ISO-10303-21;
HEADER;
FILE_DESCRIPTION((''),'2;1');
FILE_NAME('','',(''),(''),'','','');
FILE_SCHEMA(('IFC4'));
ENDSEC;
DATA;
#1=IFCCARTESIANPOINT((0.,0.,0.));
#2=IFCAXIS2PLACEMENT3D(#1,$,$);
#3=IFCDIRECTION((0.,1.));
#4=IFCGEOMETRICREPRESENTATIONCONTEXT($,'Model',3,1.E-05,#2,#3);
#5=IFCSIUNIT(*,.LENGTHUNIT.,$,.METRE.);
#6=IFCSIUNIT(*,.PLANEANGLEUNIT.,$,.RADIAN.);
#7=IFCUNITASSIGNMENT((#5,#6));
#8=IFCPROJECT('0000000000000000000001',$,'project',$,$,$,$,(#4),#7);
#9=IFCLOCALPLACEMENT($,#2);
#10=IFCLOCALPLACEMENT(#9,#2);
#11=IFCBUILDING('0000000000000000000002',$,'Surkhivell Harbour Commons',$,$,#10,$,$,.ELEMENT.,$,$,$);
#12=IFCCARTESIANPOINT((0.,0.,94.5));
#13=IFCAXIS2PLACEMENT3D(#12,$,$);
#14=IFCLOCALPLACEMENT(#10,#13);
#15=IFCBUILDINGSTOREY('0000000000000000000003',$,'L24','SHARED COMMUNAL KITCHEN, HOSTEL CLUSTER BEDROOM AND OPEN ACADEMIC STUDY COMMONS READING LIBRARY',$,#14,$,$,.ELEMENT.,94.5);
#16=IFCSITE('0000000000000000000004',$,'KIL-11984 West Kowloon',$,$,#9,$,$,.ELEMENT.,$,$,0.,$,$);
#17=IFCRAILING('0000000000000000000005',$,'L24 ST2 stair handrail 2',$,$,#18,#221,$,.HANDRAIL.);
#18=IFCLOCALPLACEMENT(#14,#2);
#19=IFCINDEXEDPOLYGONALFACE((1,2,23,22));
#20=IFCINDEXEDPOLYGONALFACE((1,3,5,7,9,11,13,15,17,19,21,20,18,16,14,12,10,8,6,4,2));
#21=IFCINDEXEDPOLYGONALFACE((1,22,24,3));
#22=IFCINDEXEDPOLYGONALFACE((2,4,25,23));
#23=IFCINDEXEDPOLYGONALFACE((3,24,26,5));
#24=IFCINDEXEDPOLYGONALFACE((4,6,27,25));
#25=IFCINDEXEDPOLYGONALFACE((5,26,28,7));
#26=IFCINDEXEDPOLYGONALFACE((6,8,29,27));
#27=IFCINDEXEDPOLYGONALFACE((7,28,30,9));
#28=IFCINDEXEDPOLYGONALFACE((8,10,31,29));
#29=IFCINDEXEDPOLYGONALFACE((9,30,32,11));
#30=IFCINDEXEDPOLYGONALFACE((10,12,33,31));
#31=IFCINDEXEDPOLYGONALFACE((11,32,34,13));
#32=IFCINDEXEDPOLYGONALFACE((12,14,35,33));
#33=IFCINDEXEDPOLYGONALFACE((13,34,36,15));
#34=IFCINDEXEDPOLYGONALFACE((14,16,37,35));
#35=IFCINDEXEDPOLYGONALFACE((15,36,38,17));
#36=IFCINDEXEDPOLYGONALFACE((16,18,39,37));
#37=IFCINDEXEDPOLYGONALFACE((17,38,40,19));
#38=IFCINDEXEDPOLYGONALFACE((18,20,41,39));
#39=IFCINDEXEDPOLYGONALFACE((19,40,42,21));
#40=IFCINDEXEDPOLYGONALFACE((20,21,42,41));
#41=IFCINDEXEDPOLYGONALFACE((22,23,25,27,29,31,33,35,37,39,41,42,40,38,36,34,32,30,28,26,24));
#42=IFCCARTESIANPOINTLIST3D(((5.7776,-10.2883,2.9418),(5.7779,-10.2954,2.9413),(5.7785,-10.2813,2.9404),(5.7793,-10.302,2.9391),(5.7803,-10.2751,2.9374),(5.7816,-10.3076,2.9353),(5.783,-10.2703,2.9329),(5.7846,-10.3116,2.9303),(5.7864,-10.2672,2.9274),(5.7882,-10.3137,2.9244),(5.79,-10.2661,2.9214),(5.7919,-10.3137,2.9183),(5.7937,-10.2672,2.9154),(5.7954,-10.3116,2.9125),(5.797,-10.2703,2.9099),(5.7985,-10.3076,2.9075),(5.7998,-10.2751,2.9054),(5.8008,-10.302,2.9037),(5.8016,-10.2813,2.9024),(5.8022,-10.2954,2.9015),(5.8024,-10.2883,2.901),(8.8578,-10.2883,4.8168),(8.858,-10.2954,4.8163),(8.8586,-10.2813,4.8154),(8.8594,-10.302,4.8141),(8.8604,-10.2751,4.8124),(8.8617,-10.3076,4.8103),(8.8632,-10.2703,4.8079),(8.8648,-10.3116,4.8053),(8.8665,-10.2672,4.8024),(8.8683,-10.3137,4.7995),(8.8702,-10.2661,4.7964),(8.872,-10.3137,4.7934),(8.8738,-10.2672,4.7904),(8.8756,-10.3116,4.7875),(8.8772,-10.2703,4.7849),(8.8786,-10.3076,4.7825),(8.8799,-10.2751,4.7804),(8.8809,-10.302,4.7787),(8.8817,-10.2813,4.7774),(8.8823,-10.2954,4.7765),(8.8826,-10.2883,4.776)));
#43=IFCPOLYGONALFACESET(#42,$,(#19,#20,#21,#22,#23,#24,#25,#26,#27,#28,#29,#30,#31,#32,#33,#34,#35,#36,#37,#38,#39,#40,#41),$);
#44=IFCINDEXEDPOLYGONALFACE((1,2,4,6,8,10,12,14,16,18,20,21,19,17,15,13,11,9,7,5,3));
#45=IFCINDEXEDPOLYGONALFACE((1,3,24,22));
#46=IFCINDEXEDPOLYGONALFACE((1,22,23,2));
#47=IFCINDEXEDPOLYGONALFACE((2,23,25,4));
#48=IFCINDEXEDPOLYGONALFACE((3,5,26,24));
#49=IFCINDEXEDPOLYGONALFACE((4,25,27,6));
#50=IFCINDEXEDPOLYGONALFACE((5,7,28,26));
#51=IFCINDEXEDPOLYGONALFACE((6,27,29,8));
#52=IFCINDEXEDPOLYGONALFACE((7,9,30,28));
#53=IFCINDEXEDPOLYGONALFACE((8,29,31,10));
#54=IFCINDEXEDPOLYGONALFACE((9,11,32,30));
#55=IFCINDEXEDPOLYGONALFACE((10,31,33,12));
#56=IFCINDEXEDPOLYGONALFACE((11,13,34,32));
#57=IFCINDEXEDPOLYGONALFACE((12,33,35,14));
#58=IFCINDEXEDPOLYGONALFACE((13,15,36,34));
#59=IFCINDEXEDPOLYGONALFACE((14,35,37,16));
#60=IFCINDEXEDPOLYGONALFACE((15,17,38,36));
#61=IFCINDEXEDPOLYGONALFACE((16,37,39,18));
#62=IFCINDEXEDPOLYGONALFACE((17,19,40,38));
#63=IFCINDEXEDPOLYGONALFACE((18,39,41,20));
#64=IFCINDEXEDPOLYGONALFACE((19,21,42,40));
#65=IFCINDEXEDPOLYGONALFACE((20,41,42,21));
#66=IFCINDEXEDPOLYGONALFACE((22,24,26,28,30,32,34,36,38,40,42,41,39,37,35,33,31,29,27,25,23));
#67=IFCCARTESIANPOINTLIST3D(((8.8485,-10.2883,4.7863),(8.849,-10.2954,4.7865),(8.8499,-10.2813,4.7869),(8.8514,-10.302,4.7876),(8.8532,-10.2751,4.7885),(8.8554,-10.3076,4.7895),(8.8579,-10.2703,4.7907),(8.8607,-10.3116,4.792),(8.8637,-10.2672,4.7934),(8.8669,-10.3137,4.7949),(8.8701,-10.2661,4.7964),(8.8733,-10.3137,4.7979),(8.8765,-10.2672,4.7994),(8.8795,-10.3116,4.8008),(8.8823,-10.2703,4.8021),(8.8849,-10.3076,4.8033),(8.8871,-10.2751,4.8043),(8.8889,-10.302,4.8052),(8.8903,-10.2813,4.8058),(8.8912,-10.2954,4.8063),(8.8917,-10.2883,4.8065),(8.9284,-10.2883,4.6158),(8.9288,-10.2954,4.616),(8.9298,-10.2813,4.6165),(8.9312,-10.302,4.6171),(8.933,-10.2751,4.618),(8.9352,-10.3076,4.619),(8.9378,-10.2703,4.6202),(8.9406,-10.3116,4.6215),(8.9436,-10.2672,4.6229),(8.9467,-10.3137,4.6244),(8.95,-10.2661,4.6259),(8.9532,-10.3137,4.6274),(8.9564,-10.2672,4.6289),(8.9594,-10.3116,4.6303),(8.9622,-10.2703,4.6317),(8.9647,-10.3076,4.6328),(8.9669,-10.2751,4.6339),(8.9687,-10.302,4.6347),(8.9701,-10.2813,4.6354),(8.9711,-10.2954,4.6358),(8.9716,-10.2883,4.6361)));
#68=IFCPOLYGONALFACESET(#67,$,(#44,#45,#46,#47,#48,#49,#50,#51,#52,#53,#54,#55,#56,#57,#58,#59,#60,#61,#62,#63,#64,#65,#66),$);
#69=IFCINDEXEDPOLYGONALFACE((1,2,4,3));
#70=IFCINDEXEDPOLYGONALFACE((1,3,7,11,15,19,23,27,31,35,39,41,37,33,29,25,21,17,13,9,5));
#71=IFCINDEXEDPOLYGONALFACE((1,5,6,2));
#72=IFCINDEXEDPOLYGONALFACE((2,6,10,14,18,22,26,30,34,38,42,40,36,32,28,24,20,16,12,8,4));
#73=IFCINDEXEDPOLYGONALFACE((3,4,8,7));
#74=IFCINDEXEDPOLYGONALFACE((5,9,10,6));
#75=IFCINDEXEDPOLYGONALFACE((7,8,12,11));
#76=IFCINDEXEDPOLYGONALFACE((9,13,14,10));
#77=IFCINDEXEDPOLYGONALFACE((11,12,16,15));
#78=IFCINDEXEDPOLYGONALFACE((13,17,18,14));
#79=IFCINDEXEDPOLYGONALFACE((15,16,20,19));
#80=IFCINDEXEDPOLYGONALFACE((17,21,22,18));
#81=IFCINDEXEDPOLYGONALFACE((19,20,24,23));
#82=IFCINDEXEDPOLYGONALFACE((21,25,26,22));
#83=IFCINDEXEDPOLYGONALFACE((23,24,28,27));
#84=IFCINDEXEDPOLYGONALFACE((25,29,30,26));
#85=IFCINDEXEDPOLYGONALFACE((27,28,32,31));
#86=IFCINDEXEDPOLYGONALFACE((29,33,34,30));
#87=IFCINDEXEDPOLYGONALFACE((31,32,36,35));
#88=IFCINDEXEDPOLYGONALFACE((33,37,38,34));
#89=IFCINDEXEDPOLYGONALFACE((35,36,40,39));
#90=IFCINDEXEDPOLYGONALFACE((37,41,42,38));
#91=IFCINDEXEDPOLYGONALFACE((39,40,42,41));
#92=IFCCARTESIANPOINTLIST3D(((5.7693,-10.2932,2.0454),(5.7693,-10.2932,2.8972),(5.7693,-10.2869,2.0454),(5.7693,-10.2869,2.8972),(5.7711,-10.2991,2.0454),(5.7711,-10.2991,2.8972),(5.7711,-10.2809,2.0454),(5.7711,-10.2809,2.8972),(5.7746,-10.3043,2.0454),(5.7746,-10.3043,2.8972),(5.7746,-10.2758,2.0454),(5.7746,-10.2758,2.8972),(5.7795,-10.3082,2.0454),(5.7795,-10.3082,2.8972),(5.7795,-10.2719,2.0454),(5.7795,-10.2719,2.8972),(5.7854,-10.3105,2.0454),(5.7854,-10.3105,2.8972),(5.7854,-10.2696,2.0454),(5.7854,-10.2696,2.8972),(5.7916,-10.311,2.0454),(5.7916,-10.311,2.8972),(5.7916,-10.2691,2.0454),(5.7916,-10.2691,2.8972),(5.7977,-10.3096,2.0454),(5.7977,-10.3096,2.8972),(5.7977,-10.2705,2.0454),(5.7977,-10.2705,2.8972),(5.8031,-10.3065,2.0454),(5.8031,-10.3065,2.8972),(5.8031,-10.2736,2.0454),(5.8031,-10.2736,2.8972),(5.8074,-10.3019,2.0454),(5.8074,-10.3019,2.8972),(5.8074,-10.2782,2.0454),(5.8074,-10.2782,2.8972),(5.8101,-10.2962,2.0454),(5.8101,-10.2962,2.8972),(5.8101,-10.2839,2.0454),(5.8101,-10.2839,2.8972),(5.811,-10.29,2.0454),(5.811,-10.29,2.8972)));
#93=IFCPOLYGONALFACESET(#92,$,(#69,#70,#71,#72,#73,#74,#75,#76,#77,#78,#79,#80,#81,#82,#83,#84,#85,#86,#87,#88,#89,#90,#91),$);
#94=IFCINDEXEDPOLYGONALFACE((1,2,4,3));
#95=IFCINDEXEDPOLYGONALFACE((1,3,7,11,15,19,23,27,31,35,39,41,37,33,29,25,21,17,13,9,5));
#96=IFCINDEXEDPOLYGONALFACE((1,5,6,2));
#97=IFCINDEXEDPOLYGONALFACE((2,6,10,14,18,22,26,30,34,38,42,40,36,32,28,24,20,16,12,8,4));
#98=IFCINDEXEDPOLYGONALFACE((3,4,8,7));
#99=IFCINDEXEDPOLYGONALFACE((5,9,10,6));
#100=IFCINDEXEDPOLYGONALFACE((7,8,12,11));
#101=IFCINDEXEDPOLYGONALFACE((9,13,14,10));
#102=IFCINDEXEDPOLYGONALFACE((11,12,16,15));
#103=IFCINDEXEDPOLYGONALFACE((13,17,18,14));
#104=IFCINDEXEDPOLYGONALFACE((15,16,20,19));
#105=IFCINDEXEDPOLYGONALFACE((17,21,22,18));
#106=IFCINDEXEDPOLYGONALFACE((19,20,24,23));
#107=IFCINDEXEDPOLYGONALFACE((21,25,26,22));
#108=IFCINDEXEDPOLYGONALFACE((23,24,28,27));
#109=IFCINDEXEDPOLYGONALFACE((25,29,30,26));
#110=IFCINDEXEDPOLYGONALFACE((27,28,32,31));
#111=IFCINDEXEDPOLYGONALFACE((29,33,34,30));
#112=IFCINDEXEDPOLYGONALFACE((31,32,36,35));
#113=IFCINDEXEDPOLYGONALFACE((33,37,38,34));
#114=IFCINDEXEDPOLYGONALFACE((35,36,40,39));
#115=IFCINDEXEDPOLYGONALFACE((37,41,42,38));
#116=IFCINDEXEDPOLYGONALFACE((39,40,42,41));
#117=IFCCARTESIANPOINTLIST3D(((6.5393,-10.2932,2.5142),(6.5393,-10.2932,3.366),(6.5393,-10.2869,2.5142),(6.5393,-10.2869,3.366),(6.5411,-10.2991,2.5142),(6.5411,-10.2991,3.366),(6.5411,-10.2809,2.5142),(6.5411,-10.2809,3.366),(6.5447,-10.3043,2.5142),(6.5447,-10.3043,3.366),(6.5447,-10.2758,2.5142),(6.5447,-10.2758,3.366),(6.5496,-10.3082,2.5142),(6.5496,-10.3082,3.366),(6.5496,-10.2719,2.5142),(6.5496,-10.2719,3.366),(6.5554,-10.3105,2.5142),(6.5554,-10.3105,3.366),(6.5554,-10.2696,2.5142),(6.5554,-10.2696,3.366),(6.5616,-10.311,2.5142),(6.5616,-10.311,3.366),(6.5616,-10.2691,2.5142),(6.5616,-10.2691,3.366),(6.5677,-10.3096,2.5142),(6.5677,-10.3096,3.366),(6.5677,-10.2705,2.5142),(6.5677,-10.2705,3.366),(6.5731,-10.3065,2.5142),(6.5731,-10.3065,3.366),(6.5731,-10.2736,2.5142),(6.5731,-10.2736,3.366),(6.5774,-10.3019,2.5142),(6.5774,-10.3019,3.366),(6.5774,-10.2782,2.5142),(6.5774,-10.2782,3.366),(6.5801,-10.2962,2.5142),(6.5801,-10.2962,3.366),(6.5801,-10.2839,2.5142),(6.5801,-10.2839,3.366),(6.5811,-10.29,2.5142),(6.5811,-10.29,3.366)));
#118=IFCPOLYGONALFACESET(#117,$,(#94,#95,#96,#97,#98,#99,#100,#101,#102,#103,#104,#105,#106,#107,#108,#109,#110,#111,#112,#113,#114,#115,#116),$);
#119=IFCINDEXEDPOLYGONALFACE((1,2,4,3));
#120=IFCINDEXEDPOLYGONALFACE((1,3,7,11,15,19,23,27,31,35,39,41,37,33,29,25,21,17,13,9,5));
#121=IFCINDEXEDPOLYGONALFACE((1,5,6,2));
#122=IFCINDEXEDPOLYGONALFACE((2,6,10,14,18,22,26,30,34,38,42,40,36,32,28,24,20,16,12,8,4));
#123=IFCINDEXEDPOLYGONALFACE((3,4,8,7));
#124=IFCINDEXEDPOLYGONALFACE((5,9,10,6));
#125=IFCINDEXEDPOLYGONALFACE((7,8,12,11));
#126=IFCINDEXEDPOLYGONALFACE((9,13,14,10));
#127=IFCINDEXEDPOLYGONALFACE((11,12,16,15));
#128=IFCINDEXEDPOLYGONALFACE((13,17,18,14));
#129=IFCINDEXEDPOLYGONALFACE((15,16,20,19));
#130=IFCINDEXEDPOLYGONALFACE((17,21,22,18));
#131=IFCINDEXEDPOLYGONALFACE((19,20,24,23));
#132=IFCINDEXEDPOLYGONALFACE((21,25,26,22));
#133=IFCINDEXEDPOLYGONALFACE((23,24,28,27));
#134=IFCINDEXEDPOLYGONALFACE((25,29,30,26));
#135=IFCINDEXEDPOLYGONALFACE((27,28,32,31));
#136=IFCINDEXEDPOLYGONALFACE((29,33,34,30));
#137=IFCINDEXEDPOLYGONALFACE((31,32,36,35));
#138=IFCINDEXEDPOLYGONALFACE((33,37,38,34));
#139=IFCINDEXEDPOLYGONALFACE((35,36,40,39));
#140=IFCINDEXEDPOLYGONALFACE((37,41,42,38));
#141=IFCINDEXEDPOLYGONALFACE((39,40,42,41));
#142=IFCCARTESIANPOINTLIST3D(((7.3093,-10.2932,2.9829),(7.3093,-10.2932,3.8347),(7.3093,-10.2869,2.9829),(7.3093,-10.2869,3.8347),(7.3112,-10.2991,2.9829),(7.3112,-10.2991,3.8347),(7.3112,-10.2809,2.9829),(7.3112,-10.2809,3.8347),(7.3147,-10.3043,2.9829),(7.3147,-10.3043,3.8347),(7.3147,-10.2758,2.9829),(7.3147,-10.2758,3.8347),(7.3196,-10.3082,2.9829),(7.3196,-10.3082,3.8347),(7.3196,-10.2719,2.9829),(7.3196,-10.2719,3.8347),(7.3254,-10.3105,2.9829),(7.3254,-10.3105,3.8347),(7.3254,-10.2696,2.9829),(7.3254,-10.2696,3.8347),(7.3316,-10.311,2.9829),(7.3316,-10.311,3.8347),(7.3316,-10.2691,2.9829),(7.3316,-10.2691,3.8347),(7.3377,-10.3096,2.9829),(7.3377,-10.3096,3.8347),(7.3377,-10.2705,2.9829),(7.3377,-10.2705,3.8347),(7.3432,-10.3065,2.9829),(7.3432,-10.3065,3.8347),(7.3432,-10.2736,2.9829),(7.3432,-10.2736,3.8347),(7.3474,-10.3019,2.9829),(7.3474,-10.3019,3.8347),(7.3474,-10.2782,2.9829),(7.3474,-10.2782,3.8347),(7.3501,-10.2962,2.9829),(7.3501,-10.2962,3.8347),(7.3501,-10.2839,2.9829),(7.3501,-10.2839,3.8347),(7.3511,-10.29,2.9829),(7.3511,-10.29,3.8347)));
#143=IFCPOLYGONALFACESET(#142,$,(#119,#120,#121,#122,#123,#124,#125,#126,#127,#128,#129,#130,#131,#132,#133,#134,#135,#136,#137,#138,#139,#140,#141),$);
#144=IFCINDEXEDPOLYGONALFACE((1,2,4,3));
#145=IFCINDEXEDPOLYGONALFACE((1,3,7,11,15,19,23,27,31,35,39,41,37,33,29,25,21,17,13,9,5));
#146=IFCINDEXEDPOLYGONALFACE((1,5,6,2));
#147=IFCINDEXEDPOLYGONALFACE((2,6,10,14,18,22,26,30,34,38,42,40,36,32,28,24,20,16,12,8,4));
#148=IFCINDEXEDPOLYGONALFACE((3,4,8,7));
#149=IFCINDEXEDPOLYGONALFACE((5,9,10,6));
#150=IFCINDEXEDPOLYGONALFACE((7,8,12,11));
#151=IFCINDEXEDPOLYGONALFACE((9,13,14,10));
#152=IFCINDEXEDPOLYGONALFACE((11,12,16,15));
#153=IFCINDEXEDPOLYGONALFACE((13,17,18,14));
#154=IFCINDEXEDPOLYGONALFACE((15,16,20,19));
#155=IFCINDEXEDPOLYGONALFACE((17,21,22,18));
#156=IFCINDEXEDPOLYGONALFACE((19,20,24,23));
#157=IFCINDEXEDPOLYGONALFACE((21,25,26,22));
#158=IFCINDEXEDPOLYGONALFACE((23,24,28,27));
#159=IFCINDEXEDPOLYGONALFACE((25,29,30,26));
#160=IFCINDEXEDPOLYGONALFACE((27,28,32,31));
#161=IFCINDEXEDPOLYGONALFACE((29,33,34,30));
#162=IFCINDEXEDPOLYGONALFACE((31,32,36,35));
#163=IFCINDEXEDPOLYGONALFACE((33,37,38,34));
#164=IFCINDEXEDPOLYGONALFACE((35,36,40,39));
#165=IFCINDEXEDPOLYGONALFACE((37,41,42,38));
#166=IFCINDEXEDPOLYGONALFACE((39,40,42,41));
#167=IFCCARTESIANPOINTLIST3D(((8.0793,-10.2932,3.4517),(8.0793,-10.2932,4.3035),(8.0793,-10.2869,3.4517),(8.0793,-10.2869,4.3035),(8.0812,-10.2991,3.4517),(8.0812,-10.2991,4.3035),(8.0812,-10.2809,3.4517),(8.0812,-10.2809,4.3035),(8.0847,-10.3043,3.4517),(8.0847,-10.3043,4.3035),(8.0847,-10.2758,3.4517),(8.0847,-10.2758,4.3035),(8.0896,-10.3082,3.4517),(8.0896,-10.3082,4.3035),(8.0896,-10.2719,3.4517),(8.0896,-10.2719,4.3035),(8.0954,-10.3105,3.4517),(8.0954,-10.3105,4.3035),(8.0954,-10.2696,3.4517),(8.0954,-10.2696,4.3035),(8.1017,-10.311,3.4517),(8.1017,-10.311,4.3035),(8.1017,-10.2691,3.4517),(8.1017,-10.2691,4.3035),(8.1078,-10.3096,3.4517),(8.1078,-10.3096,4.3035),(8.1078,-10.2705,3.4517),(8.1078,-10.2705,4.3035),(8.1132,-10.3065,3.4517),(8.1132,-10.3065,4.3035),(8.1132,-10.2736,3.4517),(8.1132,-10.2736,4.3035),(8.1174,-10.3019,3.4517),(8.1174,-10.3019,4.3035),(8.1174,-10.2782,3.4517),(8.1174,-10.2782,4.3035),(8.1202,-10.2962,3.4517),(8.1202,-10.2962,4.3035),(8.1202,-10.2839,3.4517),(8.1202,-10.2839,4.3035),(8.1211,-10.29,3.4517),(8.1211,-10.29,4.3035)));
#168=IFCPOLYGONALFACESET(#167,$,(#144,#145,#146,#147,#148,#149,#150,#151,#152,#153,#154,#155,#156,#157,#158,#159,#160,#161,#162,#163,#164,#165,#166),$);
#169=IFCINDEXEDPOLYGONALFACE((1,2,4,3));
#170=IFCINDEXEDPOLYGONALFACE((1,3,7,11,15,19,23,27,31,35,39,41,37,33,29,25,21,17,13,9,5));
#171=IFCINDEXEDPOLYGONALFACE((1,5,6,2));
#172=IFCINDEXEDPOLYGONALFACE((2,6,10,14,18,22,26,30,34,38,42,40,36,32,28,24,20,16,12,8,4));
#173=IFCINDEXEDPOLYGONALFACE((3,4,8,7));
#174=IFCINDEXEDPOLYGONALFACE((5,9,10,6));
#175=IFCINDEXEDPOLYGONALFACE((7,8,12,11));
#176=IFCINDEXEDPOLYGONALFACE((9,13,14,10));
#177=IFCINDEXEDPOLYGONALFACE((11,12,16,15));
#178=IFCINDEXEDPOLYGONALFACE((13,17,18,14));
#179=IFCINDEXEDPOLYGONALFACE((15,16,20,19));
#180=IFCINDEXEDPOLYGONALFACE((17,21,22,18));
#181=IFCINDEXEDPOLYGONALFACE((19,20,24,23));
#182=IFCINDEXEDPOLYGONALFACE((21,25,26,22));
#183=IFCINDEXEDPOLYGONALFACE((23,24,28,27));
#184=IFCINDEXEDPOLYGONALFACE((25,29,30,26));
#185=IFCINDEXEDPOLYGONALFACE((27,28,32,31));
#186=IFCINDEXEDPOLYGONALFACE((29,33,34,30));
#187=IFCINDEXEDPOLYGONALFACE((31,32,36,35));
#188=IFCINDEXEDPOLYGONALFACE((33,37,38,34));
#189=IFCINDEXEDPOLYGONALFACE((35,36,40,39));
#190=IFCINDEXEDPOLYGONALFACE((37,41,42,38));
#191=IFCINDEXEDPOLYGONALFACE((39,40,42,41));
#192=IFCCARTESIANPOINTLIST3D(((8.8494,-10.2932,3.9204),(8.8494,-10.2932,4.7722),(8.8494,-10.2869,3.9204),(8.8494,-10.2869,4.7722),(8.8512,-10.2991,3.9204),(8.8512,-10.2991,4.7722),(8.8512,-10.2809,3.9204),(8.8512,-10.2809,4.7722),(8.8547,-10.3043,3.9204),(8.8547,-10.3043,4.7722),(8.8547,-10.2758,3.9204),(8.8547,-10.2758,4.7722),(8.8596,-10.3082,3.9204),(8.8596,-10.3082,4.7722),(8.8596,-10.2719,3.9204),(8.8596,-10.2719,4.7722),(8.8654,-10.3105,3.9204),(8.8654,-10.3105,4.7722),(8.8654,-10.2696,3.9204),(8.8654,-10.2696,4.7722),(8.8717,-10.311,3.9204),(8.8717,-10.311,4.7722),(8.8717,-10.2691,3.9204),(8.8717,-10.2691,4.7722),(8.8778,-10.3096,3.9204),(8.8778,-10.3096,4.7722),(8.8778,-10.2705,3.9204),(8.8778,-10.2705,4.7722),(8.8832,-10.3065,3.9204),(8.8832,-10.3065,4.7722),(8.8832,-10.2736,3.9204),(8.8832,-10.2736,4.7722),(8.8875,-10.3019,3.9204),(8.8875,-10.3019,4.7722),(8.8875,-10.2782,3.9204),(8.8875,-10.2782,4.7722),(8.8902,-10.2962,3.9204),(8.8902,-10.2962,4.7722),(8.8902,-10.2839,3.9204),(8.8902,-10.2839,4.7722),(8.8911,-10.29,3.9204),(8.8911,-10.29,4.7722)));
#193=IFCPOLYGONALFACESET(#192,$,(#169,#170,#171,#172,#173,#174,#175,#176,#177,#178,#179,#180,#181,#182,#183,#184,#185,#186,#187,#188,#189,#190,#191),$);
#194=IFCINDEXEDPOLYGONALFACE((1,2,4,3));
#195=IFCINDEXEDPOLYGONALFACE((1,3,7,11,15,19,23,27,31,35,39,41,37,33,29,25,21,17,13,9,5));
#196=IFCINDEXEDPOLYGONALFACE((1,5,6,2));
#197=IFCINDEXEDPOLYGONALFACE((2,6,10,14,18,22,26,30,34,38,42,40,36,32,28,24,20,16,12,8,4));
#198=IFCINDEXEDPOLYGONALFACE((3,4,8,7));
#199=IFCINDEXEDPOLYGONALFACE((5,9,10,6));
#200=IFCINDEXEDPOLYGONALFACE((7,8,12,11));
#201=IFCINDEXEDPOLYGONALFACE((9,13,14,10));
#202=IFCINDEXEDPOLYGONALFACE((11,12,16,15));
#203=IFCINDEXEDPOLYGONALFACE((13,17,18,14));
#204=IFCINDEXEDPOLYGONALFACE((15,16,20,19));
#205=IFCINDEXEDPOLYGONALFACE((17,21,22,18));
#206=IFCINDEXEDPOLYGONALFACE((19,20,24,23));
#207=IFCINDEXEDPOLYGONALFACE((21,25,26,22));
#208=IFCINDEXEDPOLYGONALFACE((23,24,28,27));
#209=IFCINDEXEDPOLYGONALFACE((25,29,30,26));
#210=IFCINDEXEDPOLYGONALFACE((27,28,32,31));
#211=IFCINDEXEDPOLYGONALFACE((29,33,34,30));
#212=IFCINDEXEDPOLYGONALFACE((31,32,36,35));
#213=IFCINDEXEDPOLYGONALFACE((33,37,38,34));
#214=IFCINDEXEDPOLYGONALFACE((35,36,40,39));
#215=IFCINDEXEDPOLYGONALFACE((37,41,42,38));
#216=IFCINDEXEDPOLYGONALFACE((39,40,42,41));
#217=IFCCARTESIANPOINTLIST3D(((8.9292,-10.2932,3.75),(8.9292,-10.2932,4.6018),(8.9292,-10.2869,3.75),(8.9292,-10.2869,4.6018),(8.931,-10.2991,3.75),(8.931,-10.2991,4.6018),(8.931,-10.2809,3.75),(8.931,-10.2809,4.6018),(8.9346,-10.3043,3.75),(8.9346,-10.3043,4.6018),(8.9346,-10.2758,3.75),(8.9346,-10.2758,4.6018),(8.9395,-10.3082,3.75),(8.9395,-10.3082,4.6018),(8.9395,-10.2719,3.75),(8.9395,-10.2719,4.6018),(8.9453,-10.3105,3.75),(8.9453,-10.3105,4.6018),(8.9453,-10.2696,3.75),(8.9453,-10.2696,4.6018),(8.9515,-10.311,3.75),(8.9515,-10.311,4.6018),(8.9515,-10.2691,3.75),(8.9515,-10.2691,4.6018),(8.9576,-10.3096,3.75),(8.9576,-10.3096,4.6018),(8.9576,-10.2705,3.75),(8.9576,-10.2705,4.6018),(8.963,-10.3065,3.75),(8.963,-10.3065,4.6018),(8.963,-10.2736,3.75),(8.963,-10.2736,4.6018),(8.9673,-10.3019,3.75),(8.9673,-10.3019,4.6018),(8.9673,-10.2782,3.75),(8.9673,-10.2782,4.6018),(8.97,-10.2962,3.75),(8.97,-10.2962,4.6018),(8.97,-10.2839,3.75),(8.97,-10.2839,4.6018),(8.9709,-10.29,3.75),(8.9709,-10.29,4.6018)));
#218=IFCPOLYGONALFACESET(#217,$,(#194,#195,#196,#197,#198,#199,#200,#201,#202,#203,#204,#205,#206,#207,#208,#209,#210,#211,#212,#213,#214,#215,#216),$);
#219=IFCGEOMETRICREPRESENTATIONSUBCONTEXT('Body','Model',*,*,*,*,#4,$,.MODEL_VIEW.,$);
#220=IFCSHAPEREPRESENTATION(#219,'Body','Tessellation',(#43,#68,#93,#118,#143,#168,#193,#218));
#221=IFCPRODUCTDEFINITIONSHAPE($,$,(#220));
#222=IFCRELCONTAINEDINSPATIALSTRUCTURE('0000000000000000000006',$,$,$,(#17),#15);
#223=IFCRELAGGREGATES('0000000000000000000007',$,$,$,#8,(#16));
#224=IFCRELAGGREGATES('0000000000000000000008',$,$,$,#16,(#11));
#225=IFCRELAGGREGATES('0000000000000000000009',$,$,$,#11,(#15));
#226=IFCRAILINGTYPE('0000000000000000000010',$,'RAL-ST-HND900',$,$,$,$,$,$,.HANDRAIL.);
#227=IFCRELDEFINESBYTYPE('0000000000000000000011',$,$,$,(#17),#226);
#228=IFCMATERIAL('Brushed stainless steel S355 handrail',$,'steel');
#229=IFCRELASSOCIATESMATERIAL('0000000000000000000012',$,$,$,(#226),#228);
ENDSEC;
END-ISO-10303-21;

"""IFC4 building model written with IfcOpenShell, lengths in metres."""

from ifc_helpers import new_model, si_unit, direction, frame, origin, origin_2d, place, context, subcontext, project, spatial, circle, extrude, material, type_object, element, save


model = new_model("IFC4")

# Units and contexts
model_context = context("Model", 3, precision=1e-05, world=origin(), true_north=direction((0.0, 1.0)))
body_context = subcontext(model_context, "Body", "Model", "MODEL_VIEW")
ifc_project = project(units=[si_unit("LENGTHUNIT", "METRE"), si_unit("PLANEANGLEUNIT", "RADIAN")], contexts=[model_context])

# Site, building, storey
site_placement = place(None, origin())
site = spatial("IfcSite", under=ifc_project, at=site_placement, Name="KIL-11984 West Kowloon", CompositionType="ELEMENT", RefElevation=0.0)
building_placement = place(site_placement, origin())
building = spatial("IfcBuilding", under=site, at=building_placement, Name="Surkhivell Harbour Commons", CompositionType="ELEMENT")
storey_placement = place(building_placement, frame((0.0, 0.0, 94.5)))
storey = spatial("IfcBuildingStorey", under=building, at=storey_placement, Name="L24", Description="SHARED COMMUNAL KITCHEN, HOSTEL CLUSTER BEDROOM AND OPEN ACADEMIC STUDY COMMONS READING LIBRARY", CompositionType="ELEMENT", Elevation=94.5)

# Railing
ifc_material_1 = material(Name="Brushed stainless steel S355 handrail", Category="steel")
railing_type_1 = type_object("IfcRailingType", Name="RAL-ST-HND900", PredefinedType="HANDRAIL", material=ifc_material_1)
railing_1_placement = place(storey_placement, frame((5.79, -10.29, 2.0454)))
element("IfcRailing", 1, at=railing_1_placement, inside=storey, type_object=railing_type_1, Name="L24 ST2 stair handrail 2", PredefinedType="HANDRAIL", context=body_context, shape_type="SweptSolid", body=[
    extrude(circle(Radius=0.0239, at=origin_2d()), frame((0.0, 0.0, 0.876), z_axis=(0.854178, 0.0, 0.519981), x_axis=(0.0, 1.0, 0.0)), (0.0, 0.0, 1.0), 3.606),
    extrude(circle(Radius=0.0239, at=origin_2d()), frame((3.0801, 0.0, 2.751), z_axis=(0.424234, 0.0, -0.905552), x_axis=(0.0, 1.0, 0.0)), (0.0, 0.0, 1.0), 0.1882),
    extrude(circle(Radius=0.021, at=origin_2d()), origin(), (0.0, 0.0, 1.0), 0.8518),
    extrude(circle(Radius=0.021, at=origin_2d()), frame((0.77, 0.0, 0.4688)), (0.0, 0.0, 1.0), 0.8518),
    extrude(circle(Radius=0.021, at=origin_2d()), frame((1.54, 0.0, 0.9375)), (0.0, 0.0, 1.0), 0.8518),
    extrude(circle(Radius=0.021, at=origin_2d()), frame((2.3101, 0.0, 1.4062)), (0.0, 0.0, 1.0), 0.8518),
    extrude(circle(Radius=0.021, at=origin_2d()), frame((3.0801, 0.0, 1.875)), (0.0, 0.0, 1.0), 0.8518),
    extrude(circle(Radius=0.021, at=origin_2d()), frame((3.1599, 0.0, 1.7046)), (0.0, 0.0, 1.0), 0.8518),
])

save(model, "model.ifc")
